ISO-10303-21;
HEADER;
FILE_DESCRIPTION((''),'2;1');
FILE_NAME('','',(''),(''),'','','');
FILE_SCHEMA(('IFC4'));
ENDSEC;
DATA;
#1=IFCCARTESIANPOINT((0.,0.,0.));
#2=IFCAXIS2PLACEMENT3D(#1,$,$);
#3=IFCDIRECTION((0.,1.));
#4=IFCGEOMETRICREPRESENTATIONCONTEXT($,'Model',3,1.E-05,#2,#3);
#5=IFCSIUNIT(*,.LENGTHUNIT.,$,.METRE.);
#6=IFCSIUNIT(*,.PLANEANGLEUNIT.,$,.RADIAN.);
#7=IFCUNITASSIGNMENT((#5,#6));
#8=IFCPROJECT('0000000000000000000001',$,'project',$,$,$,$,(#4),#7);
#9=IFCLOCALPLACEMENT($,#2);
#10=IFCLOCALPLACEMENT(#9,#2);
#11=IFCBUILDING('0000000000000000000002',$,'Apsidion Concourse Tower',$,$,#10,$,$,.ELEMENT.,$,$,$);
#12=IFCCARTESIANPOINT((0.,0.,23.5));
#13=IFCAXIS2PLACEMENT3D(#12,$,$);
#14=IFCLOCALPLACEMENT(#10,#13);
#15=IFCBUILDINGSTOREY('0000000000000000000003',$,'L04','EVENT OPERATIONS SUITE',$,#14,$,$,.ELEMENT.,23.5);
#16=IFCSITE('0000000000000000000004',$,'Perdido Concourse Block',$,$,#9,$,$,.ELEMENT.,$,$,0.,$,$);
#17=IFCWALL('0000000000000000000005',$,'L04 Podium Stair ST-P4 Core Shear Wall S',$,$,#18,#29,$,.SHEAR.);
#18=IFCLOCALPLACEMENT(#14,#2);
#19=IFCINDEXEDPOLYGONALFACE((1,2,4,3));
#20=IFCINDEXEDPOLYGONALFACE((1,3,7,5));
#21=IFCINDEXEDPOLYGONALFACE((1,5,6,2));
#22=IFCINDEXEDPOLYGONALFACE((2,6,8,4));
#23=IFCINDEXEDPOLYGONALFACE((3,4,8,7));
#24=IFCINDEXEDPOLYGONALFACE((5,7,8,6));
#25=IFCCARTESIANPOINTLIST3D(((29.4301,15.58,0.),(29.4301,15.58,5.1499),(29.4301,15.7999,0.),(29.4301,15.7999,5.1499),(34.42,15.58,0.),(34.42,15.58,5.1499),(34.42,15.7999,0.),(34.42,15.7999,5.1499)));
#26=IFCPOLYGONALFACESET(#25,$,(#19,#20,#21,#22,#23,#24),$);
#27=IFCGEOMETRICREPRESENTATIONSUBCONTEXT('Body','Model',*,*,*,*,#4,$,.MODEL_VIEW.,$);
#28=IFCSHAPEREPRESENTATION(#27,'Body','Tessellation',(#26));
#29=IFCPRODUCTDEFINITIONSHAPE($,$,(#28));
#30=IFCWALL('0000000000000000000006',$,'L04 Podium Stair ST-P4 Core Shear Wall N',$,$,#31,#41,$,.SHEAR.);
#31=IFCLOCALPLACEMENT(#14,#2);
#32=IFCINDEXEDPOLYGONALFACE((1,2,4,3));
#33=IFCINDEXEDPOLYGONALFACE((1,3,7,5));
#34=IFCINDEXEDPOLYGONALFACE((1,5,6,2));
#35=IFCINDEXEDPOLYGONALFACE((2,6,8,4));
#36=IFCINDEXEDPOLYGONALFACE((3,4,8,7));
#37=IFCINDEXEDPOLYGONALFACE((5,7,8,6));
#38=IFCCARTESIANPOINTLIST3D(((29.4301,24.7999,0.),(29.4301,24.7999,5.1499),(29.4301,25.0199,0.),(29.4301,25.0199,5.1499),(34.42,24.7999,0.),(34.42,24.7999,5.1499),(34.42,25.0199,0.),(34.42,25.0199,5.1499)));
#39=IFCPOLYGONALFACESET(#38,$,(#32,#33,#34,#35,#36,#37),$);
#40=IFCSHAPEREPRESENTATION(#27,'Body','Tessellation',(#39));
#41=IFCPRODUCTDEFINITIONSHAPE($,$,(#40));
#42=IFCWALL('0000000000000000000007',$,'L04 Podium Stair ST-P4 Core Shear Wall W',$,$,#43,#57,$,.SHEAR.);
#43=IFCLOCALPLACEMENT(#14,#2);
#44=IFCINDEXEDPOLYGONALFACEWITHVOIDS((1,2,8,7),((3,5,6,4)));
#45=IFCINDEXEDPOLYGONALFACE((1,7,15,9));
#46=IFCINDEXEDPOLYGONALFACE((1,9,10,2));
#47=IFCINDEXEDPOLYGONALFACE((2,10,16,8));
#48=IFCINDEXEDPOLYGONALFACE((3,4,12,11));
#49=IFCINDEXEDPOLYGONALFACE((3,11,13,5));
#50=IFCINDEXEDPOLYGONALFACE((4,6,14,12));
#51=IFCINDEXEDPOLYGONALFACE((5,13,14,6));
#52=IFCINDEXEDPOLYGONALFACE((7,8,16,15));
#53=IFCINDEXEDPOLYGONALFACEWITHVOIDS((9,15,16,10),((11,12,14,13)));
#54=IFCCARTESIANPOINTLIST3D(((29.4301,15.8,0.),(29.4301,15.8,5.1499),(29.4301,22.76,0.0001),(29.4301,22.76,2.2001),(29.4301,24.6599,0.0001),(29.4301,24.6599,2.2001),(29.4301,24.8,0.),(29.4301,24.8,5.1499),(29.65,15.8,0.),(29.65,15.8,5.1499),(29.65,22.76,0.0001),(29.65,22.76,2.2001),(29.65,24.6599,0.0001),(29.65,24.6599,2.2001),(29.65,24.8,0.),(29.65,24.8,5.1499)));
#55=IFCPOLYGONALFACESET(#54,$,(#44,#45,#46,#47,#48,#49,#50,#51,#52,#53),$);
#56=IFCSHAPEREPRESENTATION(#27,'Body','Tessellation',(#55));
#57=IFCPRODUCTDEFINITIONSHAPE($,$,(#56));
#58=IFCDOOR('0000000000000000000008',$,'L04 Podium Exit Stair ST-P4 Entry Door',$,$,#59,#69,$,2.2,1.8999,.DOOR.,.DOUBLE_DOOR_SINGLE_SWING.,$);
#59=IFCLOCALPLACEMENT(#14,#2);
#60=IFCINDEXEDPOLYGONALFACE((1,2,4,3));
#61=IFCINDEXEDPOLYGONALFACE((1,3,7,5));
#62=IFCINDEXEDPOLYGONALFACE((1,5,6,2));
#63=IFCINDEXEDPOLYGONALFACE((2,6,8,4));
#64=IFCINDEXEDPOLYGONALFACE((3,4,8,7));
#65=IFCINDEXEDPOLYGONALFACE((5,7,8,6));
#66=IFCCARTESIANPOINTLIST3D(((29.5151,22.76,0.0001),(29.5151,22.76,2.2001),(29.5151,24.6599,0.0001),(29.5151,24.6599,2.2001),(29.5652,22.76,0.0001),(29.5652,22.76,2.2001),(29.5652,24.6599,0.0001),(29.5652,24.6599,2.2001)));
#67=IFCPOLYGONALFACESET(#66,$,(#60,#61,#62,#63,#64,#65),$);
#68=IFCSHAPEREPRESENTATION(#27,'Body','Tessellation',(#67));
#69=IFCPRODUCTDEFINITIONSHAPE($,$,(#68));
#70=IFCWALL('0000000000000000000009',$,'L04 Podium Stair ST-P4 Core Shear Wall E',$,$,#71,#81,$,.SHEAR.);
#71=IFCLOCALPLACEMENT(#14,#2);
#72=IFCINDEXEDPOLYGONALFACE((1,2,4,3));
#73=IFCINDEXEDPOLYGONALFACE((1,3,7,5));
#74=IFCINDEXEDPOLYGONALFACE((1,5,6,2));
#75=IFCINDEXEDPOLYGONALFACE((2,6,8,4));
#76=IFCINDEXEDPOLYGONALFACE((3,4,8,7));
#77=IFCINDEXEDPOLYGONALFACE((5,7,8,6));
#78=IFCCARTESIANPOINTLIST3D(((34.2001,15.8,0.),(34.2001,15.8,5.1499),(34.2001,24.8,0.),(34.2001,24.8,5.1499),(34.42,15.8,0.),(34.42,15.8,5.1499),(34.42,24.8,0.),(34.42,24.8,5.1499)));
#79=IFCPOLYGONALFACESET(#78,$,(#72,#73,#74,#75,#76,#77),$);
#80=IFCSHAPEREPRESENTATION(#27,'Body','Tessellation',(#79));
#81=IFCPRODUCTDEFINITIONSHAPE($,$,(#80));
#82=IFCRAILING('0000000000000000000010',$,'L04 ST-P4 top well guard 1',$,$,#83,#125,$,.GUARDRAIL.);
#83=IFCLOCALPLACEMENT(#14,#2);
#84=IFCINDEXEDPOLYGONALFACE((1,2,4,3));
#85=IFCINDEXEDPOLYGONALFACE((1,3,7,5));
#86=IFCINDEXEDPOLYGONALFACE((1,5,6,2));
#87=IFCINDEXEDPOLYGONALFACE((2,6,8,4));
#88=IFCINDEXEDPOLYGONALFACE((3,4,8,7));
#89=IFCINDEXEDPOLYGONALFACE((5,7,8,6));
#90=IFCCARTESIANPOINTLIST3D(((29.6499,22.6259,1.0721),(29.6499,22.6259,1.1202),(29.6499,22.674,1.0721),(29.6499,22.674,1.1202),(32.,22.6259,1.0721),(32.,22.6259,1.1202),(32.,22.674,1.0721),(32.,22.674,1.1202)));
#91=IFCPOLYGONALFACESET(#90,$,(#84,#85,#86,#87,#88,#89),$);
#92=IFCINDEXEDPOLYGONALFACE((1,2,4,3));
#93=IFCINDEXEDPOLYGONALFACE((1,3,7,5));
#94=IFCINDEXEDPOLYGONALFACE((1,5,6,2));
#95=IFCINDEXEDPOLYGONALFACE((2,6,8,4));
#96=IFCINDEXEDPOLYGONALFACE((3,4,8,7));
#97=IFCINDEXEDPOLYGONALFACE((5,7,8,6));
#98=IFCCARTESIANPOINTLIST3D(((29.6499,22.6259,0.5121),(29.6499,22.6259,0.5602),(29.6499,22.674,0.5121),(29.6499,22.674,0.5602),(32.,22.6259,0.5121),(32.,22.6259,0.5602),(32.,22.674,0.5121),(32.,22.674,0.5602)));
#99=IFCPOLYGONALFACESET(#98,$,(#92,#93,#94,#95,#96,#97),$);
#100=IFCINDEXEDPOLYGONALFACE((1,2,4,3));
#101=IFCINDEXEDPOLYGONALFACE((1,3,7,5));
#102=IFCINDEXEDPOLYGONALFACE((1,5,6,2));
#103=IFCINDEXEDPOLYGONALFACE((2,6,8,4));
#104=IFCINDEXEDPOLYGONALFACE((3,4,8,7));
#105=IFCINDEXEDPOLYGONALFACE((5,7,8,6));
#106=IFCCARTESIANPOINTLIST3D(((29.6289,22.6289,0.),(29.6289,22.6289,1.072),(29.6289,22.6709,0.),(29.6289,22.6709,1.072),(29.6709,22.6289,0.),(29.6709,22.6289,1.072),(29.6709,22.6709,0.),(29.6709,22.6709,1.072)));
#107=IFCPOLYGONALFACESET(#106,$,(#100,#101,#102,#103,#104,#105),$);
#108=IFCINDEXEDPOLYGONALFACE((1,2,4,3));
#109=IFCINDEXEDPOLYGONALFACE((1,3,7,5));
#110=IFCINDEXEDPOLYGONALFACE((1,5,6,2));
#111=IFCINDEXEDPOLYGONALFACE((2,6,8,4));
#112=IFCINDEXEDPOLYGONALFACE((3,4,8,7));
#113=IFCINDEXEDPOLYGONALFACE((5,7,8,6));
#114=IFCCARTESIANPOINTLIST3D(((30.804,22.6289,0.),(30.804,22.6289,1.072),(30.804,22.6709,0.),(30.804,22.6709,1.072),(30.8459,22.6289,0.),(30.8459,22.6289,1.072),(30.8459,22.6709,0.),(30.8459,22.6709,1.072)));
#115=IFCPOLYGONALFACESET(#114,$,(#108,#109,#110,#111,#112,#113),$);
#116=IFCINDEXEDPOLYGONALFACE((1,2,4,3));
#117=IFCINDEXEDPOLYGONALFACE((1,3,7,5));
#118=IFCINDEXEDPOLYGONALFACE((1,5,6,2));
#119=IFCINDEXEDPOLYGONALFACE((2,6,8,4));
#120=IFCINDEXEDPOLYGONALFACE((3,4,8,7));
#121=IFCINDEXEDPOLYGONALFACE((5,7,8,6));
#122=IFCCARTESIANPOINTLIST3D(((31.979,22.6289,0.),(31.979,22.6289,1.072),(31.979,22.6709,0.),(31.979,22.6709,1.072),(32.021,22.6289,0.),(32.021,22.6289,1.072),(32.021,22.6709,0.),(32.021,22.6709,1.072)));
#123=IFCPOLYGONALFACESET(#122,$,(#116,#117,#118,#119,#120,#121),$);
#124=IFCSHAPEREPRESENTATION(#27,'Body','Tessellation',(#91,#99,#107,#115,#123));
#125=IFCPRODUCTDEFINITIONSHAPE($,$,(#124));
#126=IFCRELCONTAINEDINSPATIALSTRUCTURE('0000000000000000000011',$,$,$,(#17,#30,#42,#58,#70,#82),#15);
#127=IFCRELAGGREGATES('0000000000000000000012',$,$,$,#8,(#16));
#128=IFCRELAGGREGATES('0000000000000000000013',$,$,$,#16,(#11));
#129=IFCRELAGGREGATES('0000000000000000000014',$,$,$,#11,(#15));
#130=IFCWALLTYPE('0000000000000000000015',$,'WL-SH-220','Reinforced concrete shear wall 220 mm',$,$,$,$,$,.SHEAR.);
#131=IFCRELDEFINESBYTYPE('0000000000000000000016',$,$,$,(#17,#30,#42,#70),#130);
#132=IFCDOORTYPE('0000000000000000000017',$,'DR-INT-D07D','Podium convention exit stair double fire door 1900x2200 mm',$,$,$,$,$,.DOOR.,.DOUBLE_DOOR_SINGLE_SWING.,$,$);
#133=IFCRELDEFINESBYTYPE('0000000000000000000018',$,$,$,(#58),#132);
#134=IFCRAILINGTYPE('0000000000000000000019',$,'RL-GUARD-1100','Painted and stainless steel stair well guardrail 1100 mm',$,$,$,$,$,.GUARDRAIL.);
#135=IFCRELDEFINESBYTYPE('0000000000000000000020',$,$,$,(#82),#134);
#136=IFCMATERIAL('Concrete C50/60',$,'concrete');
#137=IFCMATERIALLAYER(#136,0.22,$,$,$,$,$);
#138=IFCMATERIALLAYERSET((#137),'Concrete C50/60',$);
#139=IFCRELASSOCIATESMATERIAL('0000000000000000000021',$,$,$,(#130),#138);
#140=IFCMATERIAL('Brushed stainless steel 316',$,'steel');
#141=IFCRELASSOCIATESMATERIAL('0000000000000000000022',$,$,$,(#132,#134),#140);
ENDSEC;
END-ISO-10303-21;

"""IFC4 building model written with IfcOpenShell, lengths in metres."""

from ifc_helpers import new_model, si_unit, direction, frame, frame_2d, origin, origin_2d, place, context, subcontext, project, spatial, rectangle, extrude, material, layer, layer_set, type_object, element, fill, save


model = new_model("IFC4")

# Units and contexts
model_context = context("Model", 3, precision=1e-05, world=origin(), true_north=direction((0.0, 1.0)))
body_context = subcontext(model_context, "Body", "Model", "MODEL_VIEW")
ifc_project = project(units=[si_unit("LENGTHUNIT", "METRE"), si_unit("PLANEANGLEUNIT", "RADIAN")], contexts=[model_context])

# Site, building, storey
site_placement = place(None, origin())
site = spatial("IfcSite", under=ifc_project, at=site_placement, Name="Perdido Concourse Block", CompositionType="ELEMENT", RefElevation=0.0)
building_placement = place(site_placement, origin())
building = spatial("IfcBuilding", under=site, at=building_placement, Name="Apsidion Concourse Tower", CompositionType="ELEMENT")
storey_placement = place(building_placement, frame((0.0, 0.0, 23.5)))
storey = spatial("IfcBuildingStorey", under=building, at=storey_placement, Name="L04", Description="EVENT OPERATIONS SUITE", CompositionType="ELEMENT", Elevation=23.5)

# Walls
ifc_material_1 = material(Name="Concrete C50/60", Category="concrete")
ifc_layer_1 = layer(ifc_material_1, 0.22)
ifc_layer_set_1 = layer_set([ifc_layer_1], Name="Concrete C50/60")
wall_type_1 = type_object("IfcWallType", Name="WL-SH-220", Description="Reinforced concrete shear wall 220 mm", PredefinedType="SHEAR", material=ifc_layer_set_1)
for number, where, z_axis, x_axis, name in (
    (1, (29.4299, 15.6899, 0.0), (0.0, 0.0, 1.0), (1.0, 0.0, 0.0), "L04 Podium Stair ST-P4 Core Shear Wall S"),
    (2, (29.4299, 24.9099, 0.0), (0.0, 0.0, 1.0), (1.0, 0.0, 0.0), "L04 Podium Stair ST-P4 Core Shear Wall N"),
):
    element("IfcWall", number, at=place(storey_placement, frame(where, z_axis=z_axis, x_axis=x_axis)), inside=storey, type_object=wall_type_1, Name=name, PredefinedType="SHEAR", context=body_context, shape_type="SweptSolid", body=[
        extrude(rectangle(XDim=4.99, YDim=0.22, at=frame_2d((2.4951, 0.0))), origin(), (0.0, 0.0, 1.0), 5.1499),
    ])

# Wall, opening, door
wall_1_placement = place(storey_placement, frame((29.54, 15.8, 0.0), z_axis=(0.0, 0.0, 1.0), x_axis=(0.0, 1.0, 0.0)))
wall_1 = element("IfcWall", 3, at=wall_1_placement, inside=storey, type_object=wall_type_1, Name="L04 Podium Stair ST-P4 Core Shear Wall W", PredefinedType="SHEAR", context=body_context, shape_type="SweptSolid", body=[
    extrude(rectangle(XDim=9.0, YDim=0.22, at=frame_2d((4.5, 0.0))), origin(), (0.0, 0.0, 1.0), 5.1499),
])
opening_1_placement = place(wall_1_placement, frame((6.96, 0.0, 0.0)))
opening_1 = element("IfcOpeningElement", 4, at=opening_1_placement, cuts=wall_1, PredefinedType="OPENING", context=body_context, shape_type="SweptSolid", body=[
    extrude(rectangle(XDim=1.8999, YDim=2.2, at=frame_2d((0.95, 1.1001))), frame((0.0, 0.1201, 0.0), z_axis=(0.0, -1.0, 0.0), x_axis=(1.0, 0.0, 0.0)), (0.0, 0.0, 1.0), 0.24),
])
ifc_material_2 = material(Name="Brushed stainless steel 316", Category="steel")
door_type_1 = type_object("IfcDoorType", Name="DR-INT-D07D", Description="Podium convention exit stair double fire door 1900x2200 mm", OperationType="DOUBLE_DOOR_SINGLE_SWING", PredefinedType="DOOR", material=ifc_material_2)
door_1_placement = place(opening_1_placement, origin())
door_1 = element("IfcDoor", 5, at=door_1_placement, inside=storey, type_object=door_type_1, Name="L04 Podium Exit Stair ST-P4 Entry Door", OperationType="DOUBLE_DOOR_SINGLE_SWING", OverallHeight=2.2, OverallWidth=1.8999, PredefinedType="DOOR", context=body_context, shape_type="SweptSolid", body=[
    extrude(rectangle(XDim=1.8999, YDim=2.2, at=frame_2d((0.95, 1.1001))), frame((0.0, 0.0249, 0.0), z_axis=(0.0, -1.0, 0.0), x_axis=(1.0, 0.0, 0.0)), (0.0, 0.0, 1.0), 0.05),
])
fill(opening_1, door_1)

# Wall
wall_2_placement = place(storey_placement, frame((34.3101, 15.8, 0.0), z_axis=(0.0, 0.0, 1.0), x_axis=(0.0, 1.0, 0.0)))
element("IfcWall", 6, at=wall_2_placement, inside=storey, type_object=wall_type_1, Name="L04 Podium Stair ST-P4 Core Shear Wall E", PredefinedType="SHEAR", context=body_context, shape_type="SweptSolid", body=[
    extrude(rectangle(XDim=9.0, YDim=0.22, at=frame_2d((4.5, 0.0))), origin(), (0.0, 0.0, 1.0), 5.1499),
])

# Railing
railing_type_1 = type_object("IfcRailingType", Name="RL-GUARD-1100", Description="Painted and stainless steel stair well guardrail 1100 mm", PredefinedType="GUARDRAIL", material=ifc_material_2)
railing_1_placement = place(storey_placement, frame((29.6499, 22.6499, 0.0)))
element("IfcRailing", 7, at=railing_1_placement, inside=storey, type_object=railing_type_1, Name="L04 ST-P4 top well guard 1", PredefinedType="GUARDRAIL", context=body_context, shape_type="SweptSolid", body=[
    extrude(rectangle(XDim=0.0481, YDim=0.0481, at=origin_2d()), frame((0.0, 0.0, 1.0962), z_axis=(1.0, 0.0, 0.0), x_axis=(0.0, 1.0, 0.0)), (0.0, 0.0, 1.0), 2.3501),
    extrude(rectangle(XDim=0.0481, YDim=0.0481, at=origin_2d()), frame((0.0, 0.0, 0.5361), z_axis=(1.0, 0.0, 0.0), x_axis=(0.0, 1.0, 0.0)), (0.0, 0.0, 1.0), 2.3501),
    extrude(rectangle(XDim=0.042, YDim=0.042, at=origin_2d()), origin(), (0.0, 0.0, 1.0), 1.072),
    extrude(rectangle(XDim=0.042, YDim=0.042, at=origin_2d()), frame((1.175, 0.0, 0.0)), (0.0, 0.0, 1.0), 1.072),
    extrude(rectangle(XDim=0.042, YDim=0.042, at=origin_2d()), frame((2.3501, 0.0, 0.0)), (0.0, 0.0, 1.0), 1.072),
])

save(model, "model.ifc")
